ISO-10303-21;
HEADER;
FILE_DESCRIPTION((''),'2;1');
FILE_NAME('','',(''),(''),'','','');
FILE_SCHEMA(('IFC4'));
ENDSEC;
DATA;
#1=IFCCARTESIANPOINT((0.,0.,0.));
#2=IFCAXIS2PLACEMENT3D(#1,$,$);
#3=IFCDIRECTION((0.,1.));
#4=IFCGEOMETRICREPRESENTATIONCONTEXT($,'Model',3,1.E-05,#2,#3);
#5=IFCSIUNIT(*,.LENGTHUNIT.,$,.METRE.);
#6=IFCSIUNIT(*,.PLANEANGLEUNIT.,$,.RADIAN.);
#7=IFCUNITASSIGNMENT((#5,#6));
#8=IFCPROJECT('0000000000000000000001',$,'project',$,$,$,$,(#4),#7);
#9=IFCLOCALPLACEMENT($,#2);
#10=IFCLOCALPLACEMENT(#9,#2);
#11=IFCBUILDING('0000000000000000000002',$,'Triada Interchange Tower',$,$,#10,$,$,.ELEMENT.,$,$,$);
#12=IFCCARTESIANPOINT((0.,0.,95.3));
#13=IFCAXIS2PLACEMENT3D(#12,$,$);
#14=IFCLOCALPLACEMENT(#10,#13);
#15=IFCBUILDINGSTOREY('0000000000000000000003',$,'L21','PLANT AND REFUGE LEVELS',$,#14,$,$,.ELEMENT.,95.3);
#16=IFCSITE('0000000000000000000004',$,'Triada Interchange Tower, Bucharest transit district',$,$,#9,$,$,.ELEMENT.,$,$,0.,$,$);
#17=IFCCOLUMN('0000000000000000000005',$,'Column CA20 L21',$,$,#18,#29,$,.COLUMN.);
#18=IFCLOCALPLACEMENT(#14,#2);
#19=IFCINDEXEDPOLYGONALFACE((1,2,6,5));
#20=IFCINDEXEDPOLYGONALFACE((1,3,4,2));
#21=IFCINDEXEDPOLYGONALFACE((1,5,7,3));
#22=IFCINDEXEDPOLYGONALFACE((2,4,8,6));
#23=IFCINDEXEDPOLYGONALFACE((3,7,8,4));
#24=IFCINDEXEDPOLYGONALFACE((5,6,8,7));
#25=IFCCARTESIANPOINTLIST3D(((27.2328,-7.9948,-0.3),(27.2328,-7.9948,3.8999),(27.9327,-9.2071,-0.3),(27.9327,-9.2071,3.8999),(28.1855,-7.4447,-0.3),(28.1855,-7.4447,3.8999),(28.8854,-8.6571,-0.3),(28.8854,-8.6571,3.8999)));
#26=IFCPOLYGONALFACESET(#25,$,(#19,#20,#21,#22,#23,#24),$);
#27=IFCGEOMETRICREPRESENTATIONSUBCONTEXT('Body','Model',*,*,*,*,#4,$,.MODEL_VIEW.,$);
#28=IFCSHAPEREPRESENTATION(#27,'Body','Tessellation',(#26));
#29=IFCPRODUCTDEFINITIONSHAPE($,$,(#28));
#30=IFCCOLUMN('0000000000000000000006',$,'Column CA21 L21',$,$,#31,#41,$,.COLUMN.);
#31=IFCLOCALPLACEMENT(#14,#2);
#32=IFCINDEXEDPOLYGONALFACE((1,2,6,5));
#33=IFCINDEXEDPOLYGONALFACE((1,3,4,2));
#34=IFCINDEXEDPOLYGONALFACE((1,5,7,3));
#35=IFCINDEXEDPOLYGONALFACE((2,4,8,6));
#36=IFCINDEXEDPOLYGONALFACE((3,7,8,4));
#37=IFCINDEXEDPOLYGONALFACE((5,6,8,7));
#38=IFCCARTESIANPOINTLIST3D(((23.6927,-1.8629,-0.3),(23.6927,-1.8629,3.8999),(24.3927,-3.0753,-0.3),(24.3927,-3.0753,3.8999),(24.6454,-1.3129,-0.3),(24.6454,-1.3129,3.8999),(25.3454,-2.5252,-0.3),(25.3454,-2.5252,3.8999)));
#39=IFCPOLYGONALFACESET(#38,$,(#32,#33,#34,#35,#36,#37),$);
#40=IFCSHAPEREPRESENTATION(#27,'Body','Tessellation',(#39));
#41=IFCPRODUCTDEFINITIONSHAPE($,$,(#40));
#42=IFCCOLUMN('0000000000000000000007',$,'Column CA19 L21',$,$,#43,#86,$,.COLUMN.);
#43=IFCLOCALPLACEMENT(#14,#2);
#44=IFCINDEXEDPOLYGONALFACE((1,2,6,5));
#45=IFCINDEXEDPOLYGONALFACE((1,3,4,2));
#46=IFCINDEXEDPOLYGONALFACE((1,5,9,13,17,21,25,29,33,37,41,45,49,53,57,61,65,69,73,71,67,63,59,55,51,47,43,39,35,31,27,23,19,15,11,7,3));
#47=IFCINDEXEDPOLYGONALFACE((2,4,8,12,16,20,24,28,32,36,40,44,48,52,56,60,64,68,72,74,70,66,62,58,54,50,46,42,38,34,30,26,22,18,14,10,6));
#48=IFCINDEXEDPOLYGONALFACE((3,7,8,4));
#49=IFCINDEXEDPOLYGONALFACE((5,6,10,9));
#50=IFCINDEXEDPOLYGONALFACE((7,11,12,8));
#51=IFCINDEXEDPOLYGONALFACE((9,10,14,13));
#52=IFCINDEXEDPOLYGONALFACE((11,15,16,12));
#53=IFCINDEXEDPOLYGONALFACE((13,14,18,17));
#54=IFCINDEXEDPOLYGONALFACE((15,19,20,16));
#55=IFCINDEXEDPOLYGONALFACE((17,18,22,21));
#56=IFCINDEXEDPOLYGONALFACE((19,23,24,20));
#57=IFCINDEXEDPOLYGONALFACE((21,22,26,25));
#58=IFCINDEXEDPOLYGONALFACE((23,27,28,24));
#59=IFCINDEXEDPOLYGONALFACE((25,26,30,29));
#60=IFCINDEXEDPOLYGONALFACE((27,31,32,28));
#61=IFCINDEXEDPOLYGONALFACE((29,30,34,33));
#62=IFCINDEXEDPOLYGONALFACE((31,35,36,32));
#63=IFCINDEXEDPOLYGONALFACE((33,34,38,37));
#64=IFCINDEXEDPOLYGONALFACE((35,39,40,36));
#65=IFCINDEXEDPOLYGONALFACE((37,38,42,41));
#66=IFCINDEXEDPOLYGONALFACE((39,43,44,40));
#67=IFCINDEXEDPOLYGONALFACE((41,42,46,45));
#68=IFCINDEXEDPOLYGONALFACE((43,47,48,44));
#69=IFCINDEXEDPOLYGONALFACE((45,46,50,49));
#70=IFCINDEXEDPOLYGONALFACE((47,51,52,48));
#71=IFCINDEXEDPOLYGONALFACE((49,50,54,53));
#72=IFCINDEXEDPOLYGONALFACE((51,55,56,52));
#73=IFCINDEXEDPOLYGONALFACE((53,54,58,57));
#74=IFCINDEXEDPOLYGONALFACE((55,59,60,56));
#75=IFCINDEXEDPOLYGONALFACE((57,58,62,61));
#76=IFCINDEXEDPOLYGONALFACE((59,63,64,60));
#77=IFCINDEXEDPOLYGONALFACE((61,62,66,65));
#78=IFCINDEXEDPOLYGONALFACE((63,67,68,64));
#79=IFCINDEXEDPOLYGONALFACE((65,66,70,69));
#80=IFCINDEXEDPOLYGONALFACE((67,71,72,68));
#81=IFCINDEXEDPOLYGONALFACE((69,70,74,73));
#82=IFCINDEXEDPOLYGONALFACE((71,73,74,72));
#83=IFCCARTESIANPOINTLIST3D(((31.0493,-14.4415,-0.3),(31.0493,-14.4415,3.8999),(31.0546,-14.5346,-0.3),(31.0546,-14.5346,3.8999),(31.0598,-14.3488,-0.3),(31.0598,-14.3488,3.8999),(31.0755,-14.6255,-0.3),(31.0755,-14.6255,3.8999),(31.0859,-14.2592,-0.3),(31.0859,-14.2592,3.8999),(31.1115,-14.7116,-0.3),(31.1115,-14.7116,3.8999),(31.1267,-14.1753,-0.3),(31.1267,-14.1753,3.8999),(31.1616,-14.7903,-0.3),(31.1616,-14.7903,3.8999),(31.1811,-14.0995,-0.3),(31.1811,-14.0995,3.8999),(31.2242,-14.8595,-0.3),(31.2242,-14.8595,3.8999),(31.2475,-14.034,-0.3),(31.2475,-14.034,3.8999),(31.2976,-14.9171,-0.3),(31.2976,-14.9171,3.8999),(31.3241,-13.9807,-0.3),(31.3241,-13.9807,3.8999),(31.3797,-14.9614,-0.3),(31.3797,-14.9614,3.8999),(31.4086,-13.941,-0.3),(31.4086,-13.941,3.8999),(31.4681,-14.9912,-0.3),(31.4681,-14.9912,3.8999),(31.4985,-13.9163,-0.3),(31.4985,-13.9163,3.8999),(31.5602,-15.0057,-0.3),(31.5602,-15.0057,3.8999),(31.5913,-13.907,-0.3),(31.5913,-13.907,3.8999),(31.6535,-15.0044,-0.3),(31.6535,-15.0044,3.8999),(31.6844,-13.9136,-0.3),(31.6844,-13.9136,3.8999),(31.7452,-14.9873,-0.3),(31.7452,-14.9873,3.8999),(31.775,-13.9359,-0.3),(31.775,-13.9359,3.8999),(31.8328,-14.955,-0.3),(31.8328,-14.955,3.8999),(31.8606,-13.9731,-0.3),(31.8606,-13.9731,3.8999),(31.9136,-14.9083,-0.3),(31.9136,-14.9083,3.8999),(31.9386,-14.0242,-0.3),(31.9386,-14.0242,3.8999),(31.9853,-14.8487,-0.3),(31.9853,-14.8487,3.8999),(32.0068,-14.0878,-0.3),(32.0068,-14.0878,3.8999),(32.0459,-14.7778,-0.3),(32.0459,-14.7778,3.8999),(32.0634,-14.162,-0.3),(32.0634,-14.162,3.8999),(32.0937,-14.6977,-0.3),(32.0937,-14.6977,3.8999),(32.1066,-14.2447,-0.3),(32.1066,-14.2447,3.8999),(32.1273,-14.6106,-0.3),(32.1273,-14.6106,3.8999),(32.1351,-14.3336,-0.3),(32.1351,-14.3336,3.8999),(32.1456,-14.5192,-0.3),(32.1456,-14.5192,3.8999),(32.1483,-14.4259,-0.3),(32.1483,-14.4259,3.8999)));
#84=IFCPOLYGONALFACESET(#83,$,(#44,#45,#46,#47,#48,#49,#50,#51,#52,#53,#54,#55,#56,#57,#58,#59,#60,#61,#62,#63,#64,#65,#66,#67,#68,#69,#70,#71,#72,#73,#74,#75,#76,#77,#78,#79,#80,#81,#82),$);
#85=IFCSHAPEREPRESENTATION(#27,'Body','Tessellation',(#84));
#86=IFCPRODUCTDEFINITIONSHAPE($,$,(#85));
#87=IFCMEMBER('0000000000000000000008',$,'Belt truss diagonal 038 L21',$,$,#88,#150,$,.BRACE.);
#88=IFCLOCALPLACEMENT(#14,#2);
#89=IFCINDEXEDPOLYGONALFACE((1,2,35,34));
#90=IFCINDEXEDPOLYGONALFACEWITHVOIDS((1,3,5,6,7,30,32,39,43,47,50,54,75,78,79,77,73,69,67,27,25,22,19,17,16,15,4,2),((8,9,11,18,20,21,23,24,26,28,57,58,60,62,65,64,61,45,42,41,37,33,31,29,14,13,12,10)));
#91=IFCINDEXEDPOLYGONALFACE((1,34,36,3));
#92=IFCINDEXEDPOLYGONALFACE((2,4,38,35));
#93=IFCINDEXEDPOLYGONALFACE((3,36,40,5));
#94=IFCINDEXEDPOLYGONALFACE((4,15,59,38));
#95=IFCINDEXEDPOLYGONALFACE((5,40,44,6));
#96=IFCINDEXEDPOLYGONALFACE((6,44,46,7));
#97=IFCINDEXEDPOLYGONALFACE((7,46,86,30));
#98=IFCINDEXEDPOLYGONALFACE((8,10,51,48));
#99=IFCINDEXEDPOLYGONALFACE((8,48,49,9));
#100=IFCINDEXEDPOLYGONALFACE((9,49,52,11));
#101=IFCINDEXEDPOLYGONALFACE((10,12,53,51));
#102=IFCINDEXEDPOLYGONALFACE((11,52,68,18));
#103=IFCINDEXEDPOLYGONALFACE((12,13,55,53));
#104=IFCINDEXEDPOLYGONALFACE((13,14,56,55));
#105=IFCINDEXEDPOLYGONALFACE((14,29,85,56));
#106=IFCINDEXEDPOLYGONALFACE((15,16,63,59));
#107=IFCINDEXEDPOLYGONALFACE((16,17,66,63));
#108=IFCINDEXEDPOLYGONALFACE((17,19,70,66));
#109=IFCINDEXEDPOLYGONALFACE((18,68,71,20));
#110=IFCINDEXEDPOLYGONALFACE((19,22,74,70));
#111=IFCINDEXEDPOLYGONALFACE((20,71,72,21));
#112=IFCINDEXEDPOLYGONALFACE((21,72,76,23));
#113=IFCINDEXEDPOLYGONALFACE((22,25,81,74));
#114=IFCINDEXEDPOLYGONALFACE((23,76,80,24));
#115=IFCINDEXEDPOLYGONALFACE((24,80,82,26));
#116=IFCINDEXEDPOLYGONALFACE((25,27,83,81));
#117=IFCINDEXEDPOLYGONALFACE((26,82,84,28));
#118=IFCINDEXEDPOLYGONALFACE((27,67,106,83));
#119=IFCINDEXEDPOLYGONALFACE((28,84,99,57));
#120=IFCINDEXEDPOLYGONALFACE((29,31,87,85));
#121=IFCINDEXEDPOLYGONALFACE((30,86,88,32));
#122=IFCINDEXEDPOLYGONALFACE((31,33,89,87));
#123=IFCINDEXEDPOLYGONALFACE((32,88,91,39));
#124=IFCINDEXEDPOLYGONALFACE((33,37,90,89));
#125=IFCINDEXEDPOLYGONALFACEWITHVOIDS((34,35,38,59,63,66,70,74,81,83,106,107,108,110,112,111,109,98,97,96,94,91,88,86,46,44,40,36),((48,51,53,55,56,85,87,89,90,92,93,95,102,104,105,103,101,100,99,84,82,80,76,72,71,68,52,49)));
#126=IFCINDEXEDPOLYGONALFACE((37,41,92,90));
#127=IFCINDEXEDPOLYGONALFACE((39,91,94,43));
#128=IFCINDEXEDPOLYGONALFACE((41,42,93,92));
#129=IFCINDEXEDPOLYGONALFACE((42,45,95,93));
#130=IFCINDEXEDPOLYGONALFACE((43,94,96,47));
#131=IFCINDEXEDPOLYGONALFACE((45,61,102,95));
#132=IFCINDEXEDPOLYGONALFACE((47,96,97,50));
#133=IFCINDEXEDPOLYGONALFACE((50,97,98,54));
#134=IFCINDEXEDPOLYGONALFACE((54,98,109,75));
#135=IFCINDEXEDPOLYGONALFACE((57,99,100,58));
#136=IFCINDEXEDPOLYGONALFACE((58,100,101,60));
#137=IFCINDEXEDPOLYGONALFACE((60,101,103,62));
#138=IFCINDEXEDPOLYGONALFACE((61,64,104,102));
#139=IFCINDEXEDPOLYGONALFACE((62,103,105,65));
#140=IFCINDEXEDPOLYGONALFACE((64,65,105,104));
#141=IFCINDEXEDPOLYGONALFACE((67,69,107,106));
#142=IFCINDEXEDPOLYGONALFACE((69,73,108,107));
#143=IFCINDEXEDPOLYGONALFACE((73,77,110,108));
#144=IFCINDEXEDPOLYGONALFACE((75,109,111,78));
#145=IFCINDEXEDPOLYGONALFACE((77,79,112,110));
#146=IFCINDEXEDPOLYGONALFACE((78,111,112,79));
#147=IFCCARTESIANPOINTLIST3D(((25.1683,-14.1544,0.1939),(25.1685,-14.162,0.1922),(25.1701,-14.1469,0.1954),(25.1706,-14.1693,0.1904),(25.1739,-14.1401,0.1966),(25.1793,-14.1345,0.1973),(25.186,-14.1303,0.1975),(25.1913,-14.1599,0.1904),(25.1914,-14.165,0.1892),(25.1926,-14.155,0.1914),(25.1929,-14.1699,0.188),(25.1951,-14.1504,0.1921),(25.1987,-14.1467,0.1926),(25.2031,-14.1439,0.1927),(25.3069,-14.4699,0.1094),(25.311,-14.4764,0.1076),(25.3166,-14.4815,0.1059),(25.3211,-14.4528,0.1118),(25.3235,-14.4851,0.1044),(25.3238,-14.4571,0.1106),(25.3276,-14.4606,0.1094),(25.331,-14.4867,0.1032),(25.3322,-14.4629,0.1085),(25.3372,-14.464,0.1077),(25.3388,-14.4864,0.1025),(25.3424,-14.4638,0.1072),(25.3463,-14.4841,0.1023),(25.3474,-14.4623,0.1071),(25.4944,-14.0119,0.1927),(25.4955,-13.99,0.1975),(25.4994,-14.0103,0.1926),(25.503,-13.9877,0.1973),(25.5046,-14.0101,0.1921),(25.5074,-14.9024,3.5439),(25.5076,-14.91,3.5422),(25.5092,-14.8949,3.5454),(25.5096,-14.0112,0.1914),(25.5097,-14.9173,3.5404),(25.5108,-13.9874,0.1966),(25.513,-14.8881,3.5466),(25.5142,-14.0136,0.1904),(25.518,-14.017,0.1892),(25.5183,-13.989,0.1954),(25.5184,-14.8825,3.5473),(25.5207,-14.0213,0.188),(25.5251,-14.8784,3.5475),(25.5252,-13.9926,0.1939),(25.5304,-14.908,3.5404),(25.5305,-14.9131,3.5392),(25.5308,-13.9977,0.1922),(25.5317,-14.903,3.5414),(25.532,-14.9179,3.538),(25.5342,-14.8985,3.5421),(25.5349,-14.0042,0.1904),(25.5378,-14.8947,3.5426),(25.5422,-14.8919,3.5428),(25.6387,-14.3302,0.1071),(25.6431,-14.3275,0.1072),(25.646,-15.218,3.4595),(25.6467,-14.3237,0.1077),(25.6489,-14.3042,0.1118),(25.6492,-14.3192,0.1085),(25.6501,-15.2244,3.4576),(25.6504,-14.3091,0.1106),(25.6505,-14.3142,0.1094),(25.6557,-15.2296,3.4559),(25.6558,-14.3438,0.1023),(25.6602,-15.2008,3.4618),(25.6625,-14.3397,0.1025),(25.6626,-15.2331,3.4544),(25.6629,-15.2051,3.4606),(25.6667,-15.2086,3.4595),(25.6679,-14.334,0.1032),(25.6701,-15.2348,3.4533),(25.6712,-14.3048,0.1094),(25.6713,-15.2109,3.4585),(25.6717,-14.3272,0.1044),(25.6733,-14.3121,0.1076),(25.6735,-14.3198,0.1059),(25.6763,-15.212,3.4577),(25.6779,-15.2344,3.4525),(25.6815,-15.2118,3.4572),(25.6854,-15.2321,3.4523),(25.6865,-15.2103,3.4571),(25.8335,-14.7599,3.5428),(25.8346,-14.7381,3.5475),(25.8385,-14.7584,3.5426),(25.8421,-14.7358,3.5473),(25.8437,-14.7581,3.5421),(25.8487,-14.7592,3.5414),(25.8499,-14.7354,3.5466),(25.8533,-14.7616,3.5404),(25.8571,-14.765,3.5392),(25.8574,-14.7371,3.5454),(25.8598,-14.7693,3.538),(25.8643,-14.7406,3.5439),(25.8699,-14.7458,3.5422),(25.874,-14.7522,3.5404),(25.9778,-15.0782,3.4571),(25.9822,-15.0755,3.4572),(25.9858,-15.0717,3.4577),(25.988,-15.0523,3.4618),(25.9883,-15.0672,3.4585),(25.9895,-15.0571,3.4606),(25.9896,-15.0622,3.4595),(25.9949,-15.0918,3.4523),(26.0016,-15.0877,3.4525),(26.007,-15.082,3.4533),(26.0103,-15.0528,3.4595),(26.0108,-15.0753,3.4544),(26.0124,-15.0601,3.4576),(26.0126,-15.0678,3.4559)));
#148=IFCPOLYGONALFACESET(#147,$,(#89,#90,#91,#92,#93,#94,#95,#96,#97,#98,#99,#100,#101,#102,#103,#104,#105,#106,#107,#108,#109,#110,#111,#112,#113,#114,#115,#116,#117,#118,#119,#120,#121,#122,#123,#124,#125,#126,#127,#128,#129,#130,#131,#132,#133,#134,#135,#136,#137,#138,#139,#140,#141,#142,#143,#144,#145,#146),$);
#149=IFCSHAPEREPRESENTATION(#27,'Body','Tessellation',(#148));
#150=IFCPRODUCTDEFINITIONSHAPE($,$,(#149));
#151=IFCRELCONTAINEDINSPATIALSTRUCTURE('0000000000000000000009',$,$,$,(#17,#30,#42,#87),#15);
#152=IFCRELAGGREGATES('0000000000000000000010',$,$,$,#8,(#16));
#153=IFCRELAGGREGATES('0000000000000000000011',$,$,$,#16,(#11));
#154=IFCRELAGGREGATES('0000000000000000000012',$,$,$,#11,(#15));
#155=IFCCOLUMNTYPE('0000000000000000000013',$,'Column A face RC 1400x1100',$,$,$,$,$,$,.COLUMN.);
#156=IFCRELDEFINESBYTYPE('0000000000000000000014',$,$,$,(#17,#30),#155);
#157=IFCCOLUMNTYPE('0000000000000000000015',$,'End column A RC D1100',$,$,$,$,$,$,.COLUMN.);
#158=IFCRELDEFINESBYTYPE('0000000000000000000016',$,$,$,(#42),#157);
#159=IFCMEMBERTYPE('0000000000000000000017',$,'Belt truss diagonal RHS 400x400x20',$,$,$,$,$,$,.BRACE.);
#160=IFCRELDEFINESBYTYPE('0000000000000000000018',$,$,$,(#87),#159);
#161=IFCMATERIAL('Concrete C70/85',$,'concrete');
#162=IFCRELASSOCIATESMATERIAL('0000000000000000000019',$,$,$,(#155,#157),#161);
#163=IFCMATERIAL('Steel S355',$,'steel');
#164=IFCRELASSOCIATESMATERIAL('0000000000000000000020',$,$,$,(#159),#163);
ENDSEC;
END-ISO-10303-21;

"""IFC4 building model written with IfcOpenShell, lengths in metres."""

from ifc_helpers import new_model, si_unit, direction, frame, origin, origin_2d, place, context, subcontext, project, spatial, rectangle, hollow_rectangle, circle, extrude, material, material_profile, profile_set, type_object, element, save


model = new_model("IFC4")

# Units and contexts
model_context = context("Model", 3, precision=1e-05, world=origin(), true_north=direction((0.0, 1.0)))
body_context = subcontext(model_context, "Body", "Model", "MODEL_VIEW")
ifc_project = project(units=[si_unit("LENGTHUNIT", "METRE"), si_unit("PLANEANGLEUNIT", "RADIAN")], contexts=[model_context])

# Site, building, storey
site_placement = place(None, origin())
site = spatial("IfcSite", under=ifc_project, at=site_placement, Name="Triada Interchange Tower, Bucharest transit district", CompositionType="ELEMENT", RefElevation=0.0)
building_placement = place(site_placement, origin())
building = spatial("IfcBuilding", under=site, at=building_placement, Name="Triada Interchange Tower", CompositionType="ELEMENT")
storey_placement = place(building_placement, frame((0.0, 0.0, 95.3)))
storey = spatial("IfcBuildingStorey", under=building, at=storey_placement, Name="L21", Description="PLANT AND REFUGE LEVELS", CompositionType="ELEMENT", Elevation=95.3)

# Columns
ifc_material_1 = material(Name="Concrete C70/85", Category="concrete")
ifc_material_profile_1 = material_profile(ifc_material_1, rectangle(XDim=1.3999, YDim=1.1001, at=origin_2d()), Name="RC 1400x1100")
ifc_profile_set_1 = profile_set([ifc_material_profile_1], Name="Concrete C70/85")
column_type_1 = type_object("IfcColumnType", Name="Column A face RC 1400x1100", PredefinedType="COLUMN", material=ifc_profile_set_1)
for number, where, z_axis, x_axis, name in (
    (1, (28.0591, -8.3259, -0.3), (0.0, 0.0, 1.0), (-0.5, 0.866025, 0.0), "Column CA20 L21"),
    (2, (24.519, -2.1941, -0.3), (0.0, 0.0, 1.0), (-0.5, 0.866025, 0.0), "Column CA21 L21"),
):
    element("IfcColumn", number, at=place(storey_placement, frame(where, z_axis=z_axis, x_axis=x_axis)), inside=storey, type_object=column_type_1, Name=name, PredefinedType="COLUMN", context=body_context, shape_type="SweptSolid", body=[
        extrude(rectangle(XDim=1.3999, YDim=1.1001, at=origin_2d()), origin(), (0.0, 0.0, 1.0), 4.2),
    ])
ifc_material_profile_2 = material_profile(ifc_material_1, circle(Radius=0.55, at=origin_2d()), Name="RC D1100")
ifc_profile_set_2 = profile_set([ifc_material_profile_2], Name="Concrete C70/85")
column_type_2 = type_object("IfcColumnType", Name="End column A RC D1100", PredefinedType="COLUMN", material=ifc_profile_set_2)
column_placement = place(storey_placement, frame((31.5991, -14.457, -0.3), z_axis=(0.0, 0.0, 1.0), x_axis=(-0.5, 0.866025, 0.0)))
element("IfcColumn", 3, at=column_placement, inside=storey, type_object=column_type_2, Name="Column CA19 L21", PredefinedType="COLUMN", context=body_context, shape_type="SweptSolid", body=[
    extrude(circle(Radius=0.55, at=origin_2d()), origin(), (0.0, 0.0, 1.0), 4.2),
])

# Member
ifc_material_2 = material(Name="Steel S355", Category="steel")
ifc_material_profile_3 = material_profile(ifc_material_2, hollow_rectangle(XDim=0.3999, YDim=0.3999, WallThickness=0.02, InnerFilletRadius=0.02, OuterFilletRadius=0.03, at=origin_2d()), Name="RHS 400x400x20")
ifc_profile_set_3 = profile_set([ifc_material_profile_3], Name="Steel S355")
member_type_1 = type_object("IfcMemberType", Name="Belt truss diagonal RHS 400x400x20", PredefinedType="BRACE", material=ifc_profile_set_3)
member_1_placement = place(storey_placement, frame((25.4209, -14.2371, 0.1499), z_axis=(0.098313, -0.216869, 0.971238), x_axis=(0.910783, 0.412885, 0.0)))
element("IfcMember", 4, at=member_1_placement, inside=storey, type_object=member_type_1, Name="Belt truss diagonal 038 L21", PredefinedType="BRACE", context=body_context, shape_type="SweptSolid", body=[
    extrude(hollow_rectangle(XDim=0.3999, YDim=0.3999, WallThickness=0.02, InnerFilletRadius=0.02, OuterFilletRadius=0.03, at=origin_2d()), origin(), (0.0, 0.0, 1.0), 3.4492),
])

save(model, "model.ifc")
